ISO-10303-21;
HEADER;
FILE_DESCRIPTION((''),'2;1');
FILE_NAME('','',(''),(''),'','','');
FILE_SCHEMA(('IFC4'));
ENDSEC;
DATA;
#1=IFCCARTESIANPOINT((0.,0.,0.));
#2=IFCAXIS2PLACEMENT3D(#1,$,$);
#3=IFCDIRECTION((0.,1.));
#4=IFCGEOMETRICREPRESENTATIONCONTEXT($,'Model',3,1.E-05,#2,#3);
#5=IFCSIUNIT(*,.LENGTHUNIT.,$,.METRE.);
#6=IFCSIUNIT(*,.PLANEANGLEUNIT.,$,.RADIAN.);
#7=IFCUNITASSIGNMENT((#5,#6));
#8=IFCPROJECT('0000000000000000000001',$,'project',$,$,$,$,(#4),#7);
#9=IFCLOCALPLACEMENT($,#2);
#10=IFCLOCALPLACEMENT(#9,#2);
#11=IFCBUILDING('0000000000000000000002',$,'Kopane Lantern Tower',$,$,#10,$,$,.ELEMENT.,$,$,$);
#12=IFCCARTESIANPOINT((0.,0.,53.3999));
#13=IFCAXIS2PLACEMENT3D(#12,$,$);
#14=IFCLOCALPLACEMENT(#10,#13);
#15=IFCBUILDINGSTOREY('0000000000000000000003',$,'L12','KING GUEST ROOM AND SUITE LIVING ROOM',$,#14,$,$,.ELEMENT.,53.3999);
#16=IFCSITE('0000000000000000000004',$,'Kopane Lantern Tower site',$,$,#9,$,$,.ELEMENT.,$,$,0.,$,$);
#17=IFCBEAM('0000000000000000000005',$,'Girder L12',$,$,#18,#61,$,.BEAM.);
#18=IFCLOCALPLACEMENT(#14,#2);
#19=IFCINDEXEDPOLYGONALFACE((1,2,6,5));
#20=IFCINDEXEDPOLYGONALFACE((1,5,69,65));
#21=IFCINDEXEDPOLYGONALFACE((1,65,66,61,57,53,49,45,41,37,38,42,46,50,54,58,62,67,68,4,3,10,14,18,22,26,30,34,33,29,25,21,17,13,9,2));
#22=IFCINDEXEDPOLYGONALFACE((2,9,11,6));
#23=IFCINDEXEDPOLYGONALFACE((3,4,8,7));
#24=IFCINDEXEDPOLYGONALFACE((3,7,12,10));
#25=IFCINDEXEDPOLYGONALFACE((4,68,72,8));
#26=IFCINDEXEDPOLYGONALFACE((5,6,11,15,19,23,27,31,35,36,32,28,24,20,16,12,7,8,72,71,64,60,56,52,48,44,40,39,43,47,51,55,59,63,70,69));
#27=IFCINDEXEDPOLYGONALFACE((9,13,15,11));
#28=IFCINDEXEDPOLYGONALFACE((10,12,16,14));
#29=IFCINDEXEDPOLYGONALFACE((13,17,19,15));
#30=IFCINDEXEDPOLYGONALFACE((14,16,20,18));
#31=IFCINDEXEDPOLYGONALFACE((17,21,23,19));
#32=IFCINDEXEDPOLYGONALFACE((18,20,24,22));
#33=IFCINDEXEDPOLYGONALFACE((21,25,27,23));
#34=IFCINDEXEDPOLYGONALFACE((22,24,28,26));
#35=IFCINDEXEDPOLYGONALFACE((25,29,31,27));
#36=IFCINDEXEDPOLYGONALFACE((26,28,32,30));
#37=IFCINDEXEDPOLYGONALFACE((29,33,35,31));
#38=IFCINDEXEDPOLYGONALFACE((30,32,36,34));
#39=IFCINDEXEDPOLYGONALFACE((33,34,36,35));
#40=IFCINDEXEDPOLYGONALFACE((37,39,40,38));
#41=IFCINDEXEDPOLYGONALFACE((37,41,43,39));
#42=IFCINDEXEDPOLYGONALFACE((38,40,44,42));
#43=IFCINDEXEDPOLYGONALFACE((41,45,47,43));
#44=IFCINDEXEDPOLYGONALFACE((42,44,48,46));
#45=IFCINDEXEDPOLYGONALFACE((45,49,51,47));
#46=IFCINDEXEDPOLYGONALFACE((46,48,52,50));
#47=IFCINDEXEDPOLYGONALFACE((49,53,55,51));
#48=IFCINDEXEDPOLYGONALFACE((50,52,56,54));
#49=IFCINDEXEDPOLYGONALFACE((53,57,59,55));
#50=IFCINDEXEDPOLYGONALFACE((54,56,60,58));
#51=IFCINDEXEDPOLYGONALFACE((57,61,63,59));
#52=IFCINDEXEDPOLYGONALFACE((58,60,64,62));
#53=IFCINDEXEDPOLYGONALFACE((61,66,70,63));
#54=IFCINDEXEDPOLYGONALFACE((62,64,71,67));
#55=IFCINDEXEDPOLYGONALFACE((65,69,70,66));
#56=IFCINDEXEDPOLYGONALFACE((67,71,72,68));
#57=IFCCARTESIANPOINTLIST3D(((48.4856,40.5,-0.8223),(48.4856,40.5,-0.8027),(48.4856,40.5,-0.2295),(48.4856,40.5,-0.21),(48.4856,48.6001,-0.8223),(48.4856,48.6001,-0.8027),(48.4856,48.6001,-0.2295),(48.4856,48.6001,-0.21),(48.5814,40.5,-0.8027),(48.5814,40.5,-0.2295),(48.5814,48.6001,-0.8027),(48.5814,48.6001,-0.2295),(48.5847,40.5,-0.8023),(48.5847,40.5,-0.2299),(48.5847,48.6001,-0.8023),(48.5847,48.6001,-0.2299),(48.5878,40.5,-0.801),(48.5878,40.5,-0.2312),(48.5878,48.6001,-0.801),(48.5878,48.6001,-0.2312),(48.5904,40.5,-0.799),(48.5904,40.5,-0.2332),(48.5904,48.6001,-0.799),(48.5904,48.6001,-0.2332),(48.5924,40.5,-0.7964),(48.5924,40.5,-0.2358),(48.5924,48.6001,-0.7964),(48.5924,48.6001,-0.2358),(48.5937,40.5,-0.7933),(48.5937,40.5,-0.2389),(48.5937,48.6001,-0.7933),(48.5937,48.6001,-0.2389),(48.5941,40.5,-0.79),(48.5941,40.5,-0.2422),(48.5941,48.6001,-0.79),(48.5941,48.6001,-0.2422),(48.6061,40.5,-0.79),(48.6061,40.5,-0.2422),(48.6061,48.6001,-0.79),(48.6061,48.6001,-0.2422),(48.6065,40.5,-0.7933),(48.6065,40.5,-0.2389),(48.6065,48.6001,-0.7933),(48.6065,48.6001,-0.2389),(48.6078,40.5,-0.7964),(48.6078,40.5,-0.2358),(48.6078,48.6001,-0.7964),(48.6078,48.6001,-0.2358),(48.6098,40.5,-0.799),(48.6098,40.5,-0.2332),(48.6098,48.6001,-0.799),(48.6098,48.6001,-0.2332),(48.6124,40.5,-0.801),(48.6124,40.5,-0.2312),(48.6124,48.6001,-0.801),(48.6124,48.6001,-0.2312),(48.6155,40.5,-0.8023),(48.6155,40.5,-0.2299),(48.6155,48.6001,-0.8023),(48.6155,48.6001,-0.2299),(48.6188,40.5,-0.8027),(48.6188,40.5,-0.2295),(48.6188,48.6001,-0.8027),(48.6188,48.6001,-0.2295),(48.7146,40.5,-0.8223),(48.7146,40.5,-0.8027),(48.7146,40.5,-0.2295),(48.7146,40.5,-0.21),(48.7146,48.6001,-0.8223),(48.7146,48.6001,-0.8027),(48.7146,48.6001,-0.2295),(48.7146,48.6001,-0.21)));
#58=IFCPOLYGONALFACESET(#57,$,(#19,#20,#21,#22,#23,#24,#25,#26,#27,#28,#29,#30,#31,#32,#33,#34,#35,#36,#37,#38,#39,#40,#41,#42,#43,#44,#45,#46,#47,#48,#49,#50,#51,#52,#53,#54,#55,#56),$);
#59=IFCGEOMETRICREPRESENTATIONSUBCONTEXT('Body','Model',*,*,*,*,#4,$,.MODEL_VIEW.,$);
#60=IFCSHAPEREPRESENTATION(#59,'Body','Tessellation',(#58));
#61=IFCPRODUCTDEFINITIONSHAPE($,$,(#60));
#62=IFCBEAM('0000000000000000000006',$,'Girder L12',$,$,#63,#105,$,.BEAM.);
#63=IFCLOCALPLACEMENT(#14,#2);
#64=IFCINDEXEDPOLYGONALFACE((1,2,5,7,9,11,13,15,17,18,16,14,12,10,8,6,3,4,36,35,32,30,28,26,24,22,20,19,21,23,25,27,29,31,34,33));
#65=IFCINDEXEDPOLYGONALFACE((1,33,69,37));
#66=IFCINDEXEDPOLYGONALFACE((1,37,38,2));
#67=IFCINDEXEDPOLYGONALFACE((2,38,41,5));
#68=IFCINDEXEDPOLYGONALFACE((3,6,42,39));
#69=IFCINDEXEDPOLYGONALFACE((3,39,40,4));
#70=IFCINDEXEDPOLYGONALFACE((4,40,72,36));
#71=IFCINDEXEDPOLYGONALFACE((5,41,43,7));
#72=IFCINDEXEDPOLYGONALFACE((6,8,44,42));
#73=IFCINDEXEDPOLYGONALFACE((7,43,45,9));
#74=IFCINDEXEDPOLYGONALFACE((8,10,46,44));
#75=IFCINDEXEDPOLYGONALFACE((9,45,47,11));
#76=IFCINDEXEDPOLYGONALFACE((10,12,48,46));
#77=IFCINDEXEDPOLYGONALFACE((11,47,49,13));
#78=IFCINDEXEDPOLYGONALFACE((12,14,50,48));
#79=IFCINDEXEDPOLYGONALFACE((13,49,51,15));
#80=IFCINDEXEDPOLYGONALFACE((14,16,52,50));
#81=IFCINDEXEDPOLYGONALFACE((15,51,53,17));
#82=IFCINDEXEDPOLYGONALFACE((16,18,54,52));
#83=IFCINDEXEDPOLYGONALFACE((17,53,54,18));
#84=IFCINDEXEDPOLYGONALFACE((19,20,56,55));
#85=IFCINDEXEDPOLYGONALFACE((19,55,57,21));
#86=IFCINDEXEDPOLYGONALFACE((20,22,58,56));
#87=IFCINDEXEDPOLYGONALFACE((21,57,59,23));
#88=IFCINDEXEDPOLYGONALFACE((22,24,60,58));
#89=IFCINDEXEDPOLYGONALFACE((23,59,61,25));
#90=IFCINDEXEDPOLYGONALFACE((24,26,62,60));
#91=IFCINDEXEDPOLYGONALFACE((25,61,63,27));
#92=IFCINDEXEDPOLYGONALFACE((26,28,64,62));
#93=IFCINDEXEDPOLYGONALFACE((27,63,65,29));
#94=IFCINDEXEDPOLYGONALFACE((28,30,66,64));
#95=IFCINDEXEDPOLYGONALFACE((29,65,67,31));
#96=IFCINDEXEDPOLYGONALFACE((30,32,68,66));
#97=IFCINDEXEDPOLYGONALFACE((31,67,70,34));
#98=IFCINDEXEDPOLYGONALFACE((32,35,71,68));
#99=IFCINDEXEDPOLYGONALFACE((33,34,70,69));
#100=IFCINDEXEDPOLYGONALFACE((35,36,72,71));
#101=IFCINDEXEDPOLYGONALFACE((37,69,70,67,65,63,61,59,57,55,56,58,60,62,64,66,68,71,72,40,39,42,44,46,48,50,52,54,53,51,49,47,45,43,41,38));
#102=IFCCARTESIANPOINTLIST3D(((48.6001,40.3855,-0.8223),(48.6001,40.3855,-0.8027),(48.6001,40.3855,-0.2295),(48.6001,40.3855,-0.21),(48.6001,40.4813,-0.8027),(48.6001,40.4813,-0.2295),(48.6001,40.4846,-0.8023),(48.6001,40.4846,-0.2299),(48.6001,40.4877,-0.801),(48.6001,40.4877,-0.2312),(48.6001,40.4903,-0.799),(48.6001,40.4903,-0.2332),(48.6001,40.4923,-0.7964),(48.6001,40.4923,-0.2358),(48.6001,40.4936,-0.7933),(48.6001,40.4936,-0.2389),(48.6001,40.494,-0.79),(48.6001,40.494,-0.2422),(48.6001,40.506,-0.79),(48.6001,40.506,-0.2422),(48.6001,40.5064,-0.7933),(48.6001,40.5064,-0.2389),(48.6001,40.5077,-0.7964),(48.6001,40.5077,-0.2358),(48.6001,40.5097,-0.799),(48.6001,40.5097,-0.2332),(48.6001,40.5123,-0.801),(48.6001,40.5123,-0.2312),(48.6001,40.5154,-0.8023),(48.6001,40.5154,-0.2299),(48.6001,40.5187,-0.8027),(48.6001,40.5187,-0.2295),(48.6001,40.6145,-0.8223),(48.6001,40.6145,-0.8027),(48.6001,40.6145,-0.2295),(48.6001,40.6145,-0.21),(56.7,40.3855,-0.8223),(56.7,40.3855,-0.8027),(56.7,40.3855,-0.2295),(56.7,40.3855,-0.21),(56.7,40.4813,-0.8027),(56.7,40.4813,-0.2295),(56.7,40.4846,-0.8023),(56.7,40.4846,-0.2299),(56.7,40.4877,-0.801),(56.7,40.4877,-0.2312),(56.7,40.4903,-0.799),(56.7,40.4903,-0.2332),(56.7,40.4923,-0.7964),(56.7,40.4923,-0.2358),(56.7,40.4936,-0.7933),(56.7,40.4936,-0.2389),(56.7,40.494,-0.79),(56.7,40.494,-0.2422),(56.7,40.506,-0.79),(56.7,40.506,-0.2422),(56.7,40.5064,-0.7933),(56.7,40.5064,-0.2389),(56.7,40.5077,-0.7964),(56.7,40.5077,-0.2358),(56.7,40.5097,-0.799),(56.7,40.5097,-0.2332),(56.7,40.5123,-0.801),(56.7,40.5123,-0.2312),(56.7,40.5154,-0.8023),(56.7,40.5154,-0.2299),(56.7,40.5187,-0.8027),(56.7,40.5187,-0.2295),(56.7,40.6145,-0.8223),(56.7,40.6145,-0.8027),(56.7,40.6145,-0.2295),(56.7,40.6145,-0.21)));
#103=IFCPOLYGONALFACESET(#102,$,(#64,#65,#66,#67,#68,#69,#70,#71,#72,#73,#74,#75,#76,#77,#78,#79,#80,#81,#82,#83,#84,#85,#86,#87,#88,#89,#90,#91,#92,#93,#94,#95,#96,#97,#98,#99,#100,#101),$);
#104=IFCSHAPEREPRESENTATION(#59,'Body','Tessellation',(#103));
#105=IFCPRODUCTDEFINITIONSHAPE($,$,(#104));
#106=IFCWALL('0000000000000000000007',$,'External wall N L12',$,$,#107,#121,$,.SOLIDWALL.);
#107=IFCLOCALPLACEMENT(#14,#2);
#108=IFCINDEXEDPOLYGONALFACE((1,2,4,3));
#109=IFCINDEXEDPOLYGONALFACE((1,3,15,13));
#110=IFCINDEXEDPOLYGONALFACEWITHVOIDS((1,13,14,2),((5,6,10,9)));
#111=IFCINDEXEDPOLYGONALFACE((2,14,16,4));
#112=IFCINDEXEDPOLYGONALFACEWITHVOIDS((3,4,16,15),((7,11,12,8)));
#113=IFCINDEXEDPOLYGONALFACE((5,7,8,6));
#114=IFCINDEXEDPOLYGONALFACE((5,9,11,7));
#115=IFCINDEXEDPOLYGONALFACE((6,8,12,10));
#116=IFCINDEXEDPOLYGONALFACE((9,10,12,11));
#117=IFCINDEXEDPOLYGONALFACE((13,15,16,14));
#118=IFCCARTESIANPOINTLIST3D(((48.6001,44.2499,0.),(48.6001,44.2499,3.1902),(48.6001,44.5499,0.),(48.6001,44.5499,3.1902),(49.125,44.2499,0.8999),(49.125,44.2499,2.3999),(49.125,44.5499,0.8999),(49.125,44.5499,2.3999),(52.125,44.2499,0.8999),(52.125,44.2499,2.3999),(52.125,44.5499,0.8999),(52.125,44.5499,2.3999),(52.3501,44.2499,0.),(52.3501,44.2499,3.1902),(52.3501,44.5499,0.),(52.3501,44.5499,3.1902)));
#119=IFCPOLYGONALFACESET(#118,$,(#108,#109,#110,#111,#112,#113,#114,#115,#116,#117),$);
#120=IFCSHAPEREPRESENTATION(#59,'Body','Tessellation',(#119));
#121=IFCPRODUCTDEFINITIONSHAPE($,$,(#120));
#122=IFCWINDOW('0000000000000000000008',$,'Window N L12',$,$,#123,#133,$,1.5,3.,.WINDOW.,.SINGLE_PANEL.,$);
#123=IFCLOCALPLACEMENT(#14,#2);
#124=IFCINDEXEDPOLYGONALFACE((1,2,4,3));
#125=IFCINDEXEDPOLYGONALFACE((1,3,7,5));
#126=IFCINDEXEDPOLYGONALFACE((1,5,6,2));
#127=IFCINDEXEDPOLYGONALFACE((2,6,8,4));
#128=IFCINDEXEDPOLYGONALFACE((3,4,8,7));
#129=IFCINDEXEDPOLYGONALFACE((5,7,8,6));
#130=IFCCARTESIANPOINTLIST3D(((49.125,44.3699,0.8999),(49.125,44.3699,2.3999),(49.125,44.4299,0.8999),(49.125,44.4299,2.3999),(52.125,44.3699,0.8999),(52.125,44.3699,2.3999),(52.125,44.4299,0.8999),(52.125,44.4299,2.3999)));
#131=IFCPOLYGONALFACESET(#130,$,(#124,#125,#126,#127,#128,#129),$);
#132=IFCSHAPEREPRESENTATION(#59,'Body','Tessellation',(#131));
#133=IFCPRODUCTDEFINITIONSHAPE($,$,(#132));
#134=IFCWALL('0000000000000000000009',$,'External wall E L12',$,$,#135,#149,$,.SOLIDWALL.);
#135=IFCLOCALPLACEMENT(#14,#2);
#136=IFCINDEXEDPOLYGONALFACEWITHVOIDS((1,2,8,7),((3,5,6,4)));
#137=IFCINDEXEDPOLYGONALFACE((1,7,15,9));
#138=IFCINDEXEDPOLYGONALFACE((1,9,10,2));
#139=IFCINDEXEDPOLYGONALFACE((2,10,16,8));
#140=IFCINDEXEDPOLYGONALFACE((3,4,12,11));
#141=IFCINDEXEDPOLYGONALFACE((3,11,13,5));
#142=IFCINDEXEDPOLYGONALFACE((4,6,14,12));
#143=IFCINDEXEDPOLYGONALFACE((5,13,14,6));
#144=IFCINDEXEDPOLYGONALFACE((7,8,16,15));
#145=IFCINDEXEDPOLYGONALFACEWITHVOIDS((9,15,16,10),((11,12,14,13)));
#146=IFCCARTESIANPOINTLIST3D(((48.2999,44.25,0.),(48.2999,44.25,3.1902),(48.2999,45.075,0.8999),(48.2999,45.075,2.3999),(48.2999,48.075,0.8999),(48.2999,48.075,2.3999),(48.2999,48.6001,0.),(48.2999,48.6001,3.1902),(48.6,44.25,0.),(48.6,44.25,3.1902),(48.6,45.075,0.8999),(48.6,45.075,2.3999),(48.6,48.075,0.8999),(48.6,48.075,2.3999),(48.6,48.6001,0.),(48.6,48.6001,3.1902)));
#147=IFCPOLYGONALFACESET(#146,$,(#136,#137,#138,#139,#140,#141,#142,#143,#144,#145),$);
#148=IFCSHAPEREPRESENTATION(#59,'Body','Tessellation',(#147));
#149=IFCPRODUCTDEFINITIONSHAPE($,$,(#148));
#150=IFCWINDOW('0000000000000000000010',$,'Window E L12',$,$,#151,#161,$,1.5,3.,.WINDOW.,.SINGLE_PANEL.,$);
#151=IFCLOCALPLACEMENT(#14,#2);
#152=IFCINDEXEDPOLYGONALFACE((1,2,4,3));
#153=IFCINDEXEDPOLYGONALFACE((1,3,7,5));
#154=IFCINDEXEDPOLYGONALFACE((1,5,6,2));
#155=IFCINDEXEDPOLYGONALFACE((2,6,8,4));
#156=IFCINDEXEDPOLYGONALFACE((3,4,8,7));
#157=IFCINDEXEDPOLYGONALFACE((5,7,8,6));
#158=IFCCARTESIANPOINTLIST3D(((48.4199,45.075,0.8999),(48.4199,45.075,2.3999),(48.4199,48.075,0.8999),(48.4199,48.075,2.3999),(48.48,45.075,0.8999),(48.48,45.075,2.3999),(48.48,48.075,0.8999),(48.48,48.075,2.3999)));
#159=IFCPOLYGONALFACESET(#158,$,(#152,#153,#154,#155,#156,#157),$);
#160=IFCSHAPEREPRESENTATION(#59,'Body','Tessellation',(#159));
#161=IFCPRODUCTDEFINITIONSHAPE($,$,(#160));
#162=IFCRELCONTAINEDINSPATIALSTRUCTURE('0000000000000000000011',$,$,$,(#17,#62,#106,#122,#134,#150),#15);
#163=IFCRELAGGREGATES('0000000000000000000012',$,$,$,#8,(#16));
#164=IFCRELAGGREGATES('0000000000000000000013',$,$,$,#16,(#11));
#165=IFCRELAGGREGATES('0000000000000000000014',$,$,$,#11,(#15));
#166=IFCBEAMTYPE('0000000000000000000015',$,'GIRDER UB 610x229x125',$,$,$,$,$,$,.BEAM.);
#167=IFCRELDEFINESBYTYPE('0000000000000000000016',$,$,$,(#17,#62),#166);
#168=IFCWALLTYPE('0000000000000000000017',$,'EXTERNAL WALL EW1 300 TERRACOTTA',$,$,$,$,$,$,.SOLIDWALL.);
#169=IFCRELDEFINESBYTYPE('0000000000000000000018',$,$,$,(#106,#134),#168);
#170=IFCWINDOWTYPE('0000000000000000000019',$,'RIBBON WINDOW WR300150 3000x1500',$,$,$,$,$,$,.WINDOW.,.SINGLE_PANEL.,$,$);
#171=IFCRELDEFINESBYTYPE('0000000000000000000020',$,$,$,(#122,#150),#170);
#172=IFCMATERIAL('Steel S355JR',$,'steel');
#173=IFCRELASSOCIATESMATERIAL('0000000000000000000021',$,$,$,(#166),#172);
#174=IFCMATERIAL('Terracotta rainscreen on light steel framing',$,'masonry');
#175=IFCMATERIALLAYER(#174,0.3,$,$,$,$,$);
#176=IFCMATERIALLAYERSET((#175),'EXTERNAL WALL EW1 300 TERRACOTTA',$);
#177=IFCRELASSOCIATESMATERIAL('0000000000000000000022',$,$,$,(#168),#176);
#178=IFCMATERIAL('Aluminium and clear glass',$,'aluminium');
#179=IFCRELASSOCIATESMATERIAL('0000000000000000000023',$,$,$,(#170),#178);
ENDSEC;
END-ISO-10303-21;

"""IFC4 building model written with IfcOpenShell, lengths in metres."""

from ifc_helpers import new_model, si_unit, direction, frame, frame_2d, origin, origin_2d, place, context, subcontext, project, spatial, rectangle, i_section, extrude, material, layer, layer_set, material_profile, profile_set, type_object, element, fill, save


model = new_model("IFC4")

# Units and contexts
model_context = context("Model", 3, precision=1e-05, world=origin(), true_north=direction((0.0, 1.0)))
body_context = subcontext(model_context, "Body", "Model", "MODEL_VIEW")
ifc_project = project(units=[si_unit("LENGTHUNIT", "METRE"), si_unit("PLANEANGLEUNIT", "RADIAN")], contexts=[model_context])

# Site, building, storey
site_placement = place(None, origin())
site = spatial("IfcSite", under=ifc_project, at=site_placement, Name="Kopane Lantern Tower site", CompositionType="ELEMENT", RefElevation=0.0)
building_placement = place(site_placement, origin())
building = spatial("IfcBuilding", under=site, at=building_placement, Name="Kopane Lantern Tower", CompositionType="ELEMENT")
storey_placement = place(building_placement, frame((0.0, 0.0, 53.3999)))
storey = spatial("IfcBuildingStorey", under=building, at=storey_placement, Name="L12", Description="KING GUEST ROOM AND SUITE LIVING ROOM", CompositionType="ELEMENT", Elevation=53.3999)

# Beams
ifc_material_1 = material(Name="Steel S355JR", Category="steel")
ifc_material_profile_1 = material_profile(ifc_material_1, i_section(OverallWidth=0.229, OverallDepth=0.6123, WebThickness=0.012, FlangeThickness=0.0195, FilletRadius=0.0127, at=origin_2d()), Name="UB 610x229x125")
ifc_profile_set_1 = profile_set([ifc_material_profile_1], Name="Steel S355JR")
beam_type_1 = type_object("IfcBeamType", Name="GIRDER UB 610x229x125", PredefinedType="BEAM", material=ifc_profile_set_1)
beam_1_placement = place(storey_placement, frame((48.6001, 40.5, -0.5161), z_axis=(0.0, 1.0, 0.0), x_axis=(-1.0, 0.0, 0.0)))
element("IfcBeam", 1, at=beam_1_placement, inside=storey, type_object=beam_type_1, Name="Girder L12", PredefinedType="BEAM", context=body_context, shape_type="SweptSolid", body=[
    extrude(i_section(OverallWidth=0.229, OverallDepth=0.6123, WebThickness=0.012, FlangeThickness=0.0195, FilletRadius=0.0127, at=origin_2d()), origin(), (0.0, 0.0, 1.0), 8.1001),
])
beam_2_placement = place(storey_placement, frame((48.6001, 40.5, -0.5161), z_axis=(1.0, 0.0, 0.0), x_axis=(0.0, 1.0, 0.0)))
element("IfcBeam", 2, at=beam_2_placement, inside=storey, type_object=beam_type_1, Name="Girder L12", PredefinedType="BEAM", context=body_context, shape_type="SweptSolid", body=[
    extrude(i_section(OverallWidth=0.229, OverallDepth=0.6123, WebThickness=0.012, FlangeThickness=0.0195, FilletRadius=0.0127, at=origin_2d()), origin(), (0.0, 0.0, 1.0), 8.0999),
])

# Walls, openings, windows
ifc_material_2 = material(Name="Terracotta rainscreen on light steel framing", Category="masonry")
ifc_layer = layer(ifc_material_2, 0.3)
ifc_layer_set = layer_set([ifc_layer], Name="EXTERNAL WALL EW1 300 TERRACOTTA")
wall_type = type_object("IfcWallType", Name="EXTERNAL WALL EW1 300 TERRACOTTA", PredefinedType="SOLIDWALL", material=ifc_layer_set)
wall_1_placement = place(storey_placement, frame((52.3501, 44.3999, 0.0), z_axis=(0.0, 0.0, 1.0), x_axis=(-1.0, 0.0, 0.0)))
wall_1 = element("IfcWall", 3, at=wall_1_placement, inside=storey, type_object=wall_type, Name="External wall N L12", PredefinedType="SOLIDWALL", context=body_context, shape_type="SweptSolid", body=[
    extrude(rectangle(XDim=3.75, YDim=0.3, at=frame_2d((1.875, 0.0))), origin(), (0.0, 0.0, 1.0), 3.1902),
])
opening_1_placement = place(wall_1_placement, frame((0.2251, 0.0, 0.8999)))
opening_1 = element("IfcOpeningElement", 4, at=opening_1_placement, cuts=wall_1, PredefinedType="OPENING", context=body_context, shape_type="SweptSolid", body=[
    extrude(rectangle(XDim=3.0, YDim=1.5, at=frame_2d((1.5, 0.75))), frame((0.0, 0.1599, 0.0), z_axis=(0.0, -1.0, 0.0), x_axis=(1.0, 0.0, 0.0)), (0.0, 0.0, 1.0), 0.3201),
])
ifc_material_3 = material(Name="Aluminium and clear glass", Category="aluminium")
window_type_1 = type_object("IfcWindowType", Name="RIBBON WINDOW WR300150 3000x1500", PartitioningType="SINGLE_PANEL", PredefinedType="WINDOW", material=ifc_material_3)
window_1_placement = place(opening_1_placement, origin())
window_1 = element("IfcWindow", 5, at=window_1_placement, inside=storey, type_object=window_type_1, Name="Window N L12", OverallHeight=1.5, OverallWidth=3.0, PartitioningType="SINGLE_PANEL", PredefinedType="WINDOW", context=body_context, shape_type="SweptSolid", body=[
    extrude(rectangle(XDim=3.0, YDim=1.5, at=frame_2d((1.5, 0.75))), frame((0.0, 0.03, 0.0), z_axis=(0.0, -1.0, 0.0), x_axis=(1.0, 0.0, 0.0)), (0.0, 0.0, 1.0), 0.0601),
])
fill(opening_1, window_1)
wall_2_placement = place(storey_placement, frame((48.45, 44.25, 0.0), z_axis=(0.0, 0.0, 1.0), x_axis=(0.0, 1.0, 0.0)))
wall_2 = element("IfcWall", 6, at=wall_2_placement, inside=storey, type_object=wall_type, Name="External wall E L12", PredefinedType="SOLIDWALL", context=body_context, shape_type="SweptSolid", body=[
    extrude(rectangle(XDim=4.3501, YDim=0.3, at=frame_2d((2.175, 0.0))), origin(), (0.0, 0.0, 1.0), 3.1902),
])
opening_2_placement = place(wall_2_placement, frame((0.825, 0.0, 0.8999)))
opening_2 = element("IfcOpeningElement", 7, at=opening_2_placement, cuts=wall_2, PredefinedType="OPENING", context=body_context, shape_type="SweptSolid", body=[
    extrude(rectangle(XDim=3.0, YDim=1.5, at=frame_2d((1.5, 0.75))), frame((0.0, 0.1599, 0.0), z_axis=(0.0, -1.0, 0.0), x_axis=(1.0, 0.0, 0.0)), (0.0, 0.0, 1.0), 0.3201),
])
window_2_placement = place(opening_2_placement, origin())
window_2 = element("IfcWindow", 8, at=window_2_placement, inside=storey, type_object=window_type_1, Name="Window E L12", OverallHeight=1.5, OverallWidth=3.0, PartitioningType="SINGLE_PANEL", PredefinedType="WINDOW", context=body_context, shape_type="SweptSolid", body=[
    extrude(rectangle(XDim=3.0, YDim=1.5, at=frame_2d((1.5, 0.75))), frame((0.0, 0.03, 0.0), z_axis=(0.0, -1.0, 0.0), x_axis=(1.0, 0.0, 0.0)), (0.0, 0.0, 1.0), 0.0601),
])
fill(opening_2, window_2)

save(model, "model.ifc")
